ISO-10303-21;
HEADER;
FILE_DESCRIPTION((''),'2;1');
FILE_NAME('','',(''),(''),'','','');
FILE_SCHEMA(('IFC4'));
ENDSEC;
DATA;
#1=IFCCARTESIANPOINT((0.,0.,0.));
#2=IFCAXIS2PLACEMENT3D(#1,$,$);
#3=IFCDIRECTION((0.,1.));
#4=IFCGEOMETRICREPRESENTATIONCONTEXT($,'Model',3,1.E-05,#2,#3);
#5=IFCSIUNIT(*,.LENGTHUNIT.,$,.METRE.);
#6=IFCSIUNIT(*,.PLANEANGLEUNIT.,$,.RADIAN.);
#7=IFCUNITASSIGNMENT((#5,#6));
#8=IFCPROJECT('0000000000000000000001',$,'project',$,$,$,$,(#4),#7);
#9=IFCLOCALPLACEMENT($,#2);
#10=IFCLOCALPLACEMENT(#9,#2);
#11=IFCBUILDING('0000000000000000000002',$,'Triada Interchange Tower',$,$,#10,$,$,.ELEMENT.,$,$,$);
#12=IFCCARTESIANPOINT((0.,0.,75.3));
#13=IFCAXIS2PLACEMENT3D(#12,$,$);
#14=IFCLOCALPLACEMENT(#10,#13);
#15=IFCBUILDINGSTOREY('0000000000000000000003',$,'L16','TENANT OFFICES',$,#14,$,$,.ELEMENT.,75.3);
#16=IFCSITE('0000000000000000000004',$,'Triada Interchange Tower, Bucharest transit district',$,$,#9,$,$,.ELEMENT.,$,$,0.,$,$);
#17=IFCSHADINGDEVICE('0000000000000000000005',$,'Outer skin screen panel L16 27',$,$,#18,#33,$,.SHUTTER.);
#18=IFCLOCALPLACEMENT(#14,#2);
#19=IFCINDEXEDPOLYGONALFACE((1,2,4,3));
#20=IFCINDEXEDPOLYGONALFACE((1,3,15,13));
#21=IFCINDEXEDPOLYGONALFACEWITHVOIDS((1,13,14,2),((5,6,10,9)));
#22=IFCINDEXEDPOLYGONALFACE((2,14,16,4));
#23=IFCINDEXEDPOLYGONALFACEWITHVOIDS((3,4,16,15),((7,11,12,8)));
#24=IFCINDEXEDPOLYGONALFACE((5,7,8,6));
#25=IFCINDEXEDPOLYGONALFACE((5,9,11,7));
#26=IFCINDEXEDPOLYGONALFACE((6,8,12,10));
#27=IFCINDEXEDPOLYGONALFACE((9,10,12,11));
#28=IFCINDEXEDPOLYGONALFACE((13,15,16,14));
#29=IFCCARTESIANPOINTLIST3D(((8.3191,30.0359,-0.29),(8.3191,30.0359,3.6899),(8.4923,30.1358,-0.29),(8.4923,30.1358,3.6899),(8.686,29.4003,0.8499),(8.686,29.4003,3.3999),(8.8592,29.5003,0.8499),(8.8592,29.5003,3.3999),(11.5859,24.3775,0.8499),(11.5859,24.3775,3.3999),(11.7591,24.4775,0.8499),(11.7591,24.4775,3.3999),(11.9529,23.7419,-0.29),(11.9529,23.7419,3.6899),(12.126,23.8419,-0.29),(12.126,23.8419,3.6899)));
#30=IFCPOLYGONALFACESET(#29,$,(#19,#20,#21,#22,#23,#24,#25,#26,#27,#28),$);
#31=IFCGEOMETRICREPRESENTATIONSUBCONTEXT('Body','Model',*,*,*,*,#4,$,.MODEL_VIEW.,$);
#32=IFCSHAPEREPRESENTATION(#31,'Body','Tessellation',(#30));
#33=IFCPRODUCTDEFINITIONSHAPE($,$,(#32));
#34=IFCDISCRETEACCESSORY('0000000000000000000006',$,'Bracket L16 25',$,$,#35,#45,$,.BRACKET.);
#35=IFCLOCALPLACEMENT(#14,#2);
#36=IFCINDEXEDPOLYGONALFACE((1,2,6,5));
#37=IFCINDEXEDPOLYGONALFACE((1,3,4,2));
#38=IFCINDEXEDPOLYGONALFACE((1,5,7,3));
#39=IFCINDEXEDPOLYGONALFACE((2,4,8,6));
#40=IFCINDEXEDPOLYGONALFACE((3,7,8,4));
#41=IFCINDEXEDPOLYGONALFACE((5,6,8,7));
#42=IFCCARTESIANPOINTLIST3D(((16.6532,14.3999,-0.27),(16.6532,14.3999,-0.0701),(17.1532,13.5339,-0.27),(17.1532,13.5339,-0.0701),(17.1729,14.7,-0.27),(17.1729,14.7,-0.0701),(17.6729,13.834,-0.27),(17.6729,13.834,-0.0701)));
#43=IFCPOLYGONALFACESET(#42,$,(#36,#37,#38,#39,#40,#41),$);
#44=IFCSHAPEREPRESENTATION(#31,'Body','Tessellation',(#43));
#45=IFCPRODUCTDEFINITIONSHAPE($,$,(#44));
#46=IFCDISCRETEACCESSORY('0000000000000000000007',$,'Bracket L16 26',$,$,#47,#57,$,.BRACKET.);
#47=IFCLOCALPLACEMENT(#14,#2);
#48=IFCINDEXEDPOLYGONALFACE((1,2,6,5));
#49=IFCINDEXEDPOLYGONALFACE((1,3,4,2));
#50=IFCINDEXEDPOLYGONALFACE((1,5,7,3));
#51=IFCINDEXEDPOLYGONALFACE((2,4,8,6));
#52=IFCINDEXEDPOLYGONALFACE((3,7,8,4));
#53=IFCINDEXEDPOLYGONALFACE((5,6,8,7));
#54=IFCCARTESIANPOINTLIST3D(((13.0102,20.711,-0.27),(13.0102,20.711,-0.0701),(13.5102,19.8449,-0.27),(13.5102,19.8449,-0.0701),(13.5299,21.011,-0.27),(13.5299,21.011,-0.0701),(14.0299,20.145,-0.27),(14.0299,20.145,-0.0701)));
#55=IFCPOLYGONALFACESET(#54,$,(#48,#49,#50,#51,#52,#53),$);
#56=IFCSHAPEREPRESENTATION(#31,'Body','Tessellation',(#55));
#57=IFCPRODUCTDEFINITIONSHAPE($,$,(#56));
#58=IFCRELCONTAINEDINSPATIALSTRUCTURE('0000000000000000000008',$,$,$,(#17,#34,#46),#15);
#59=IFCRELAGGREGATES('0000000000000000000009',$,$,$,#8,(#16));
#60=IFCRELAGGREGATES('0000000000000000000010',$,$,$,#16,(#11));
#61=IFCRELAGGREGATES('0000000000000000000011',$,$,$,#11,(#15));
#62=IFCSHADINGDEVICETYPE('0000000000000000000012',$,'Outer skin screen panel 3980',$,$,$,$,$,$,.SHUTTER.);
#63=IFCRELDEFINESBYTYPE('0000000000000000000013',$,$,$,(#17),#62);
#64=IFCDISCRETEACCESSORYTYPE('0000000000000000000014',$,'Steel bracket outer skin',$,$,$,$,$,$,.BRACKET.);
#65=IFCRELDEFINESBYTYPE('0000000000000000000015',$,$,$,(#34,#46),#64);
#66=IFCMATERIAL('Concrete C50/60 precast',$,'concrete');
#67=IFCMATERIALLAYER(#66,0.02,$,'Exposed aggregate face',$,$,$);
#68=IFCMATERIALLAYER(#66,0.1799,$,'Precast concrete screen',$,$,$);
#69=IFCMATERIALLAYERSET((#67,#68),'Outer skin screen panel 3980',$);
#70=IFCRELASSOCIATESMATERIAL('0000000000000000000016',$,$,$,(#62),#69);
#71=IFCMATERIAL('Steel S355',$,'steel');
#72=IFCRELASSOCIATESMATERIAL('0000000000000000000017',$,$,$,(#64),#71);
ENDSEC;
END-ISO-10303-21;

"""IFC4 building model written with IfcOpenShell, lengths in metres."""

from ifc_helpers import new_model, si_unit, direction, frame, origin, origin_2d, place, context, subcontext, project, spatial, polyline, rectangle, outline, extrude, material, layer, layer_set, type_object, element, save


model = new_model("IFC4")

# Units and contexts
model_context = context("Model", 3, precision=1e-05, world=origin(), true_north=direction((0.0, 1.0)))
body_context = subcontext(model_context, "Body", "Model", "MODEL_VIEW")
ifc_project = project(units=[si_unit("LENGTHUNIT", "METRE"), si_unit("PLANEANGLEUNIT", "RADIAN")], contexts=[model_context])

# Site, building, storey
site_placement = place(None, origin())
site = spatial("IfcSite", under=ifc_project, at=site_placement, Name="Triada Interchange Tower, Bucharest transit district", CompositionType="ELEMENT", RefElevation=0.0)
building_placement = place(site_placement, origin())
building = spatial("IfcBuilding", under=site, at=building_placement, Name="Triada Interchange Tower", CompositionType="ELEMENT")
storey_placement = place(building_placement, frame((0.0, 0.0, 75.3)))
storey = spatial("IfcBuildingStorey", under=building, at=storey_placement, Name="L16", Description="TENANT OFFICES", CompositionType="ELEMENT", Elevation=75.3)

# Shading device
ifc_material_1 = material(Name="Concrete C50/60 precast", Category="concrete")
ifc_layer_1 = layer(ifc_material_1, 0.02, Name="Exposed aggregate face")
ifc_layer_2 = layer(ifc_material_1, 0.1799, Name="Precast concrete screen")
ifc_layer_set_1 = layer_set([ifc_layer_1, ifc_layer_2], Name="Outer skin screen panel 3980")
shading_device_type = type_object("IfcShadingDeviceType", Name="Outer skin screen panel 3980", PredefinedType="SHUTTER", material=ifc_layer_set_1)
shading_device_1_placement = place(storey_placement, frame((11.9529, 23.7419, -0.29), z_axis=(0.0, 0.0, 1.0), x_axis=(-0.499998, 0.866027, 0.0)))
element("IfcShadingDevice", 1, at=shading_device_1_placement, inside=storey, type_object=shading_device_type, Name="Outer skin screen panel L16 27", PredefinedType="SHUTTER", context=body_context, shape_type="SweptSolid", body=[
    extrude(outline(polyline([(0.0, 0.0), (7.2676, 0.0), (7.2676, 3.98), (0.0, 3.98), (0.0, 0.0)]), holes=[polyline([(0.7339, 1.1399), (0.7339, 3.6899), (6.5337, 3.6899), (6.5337, 1.1399), (0.7339, 1.1399)])]), frame((0.0, 0.0, 0.0), z_axis=(0.0, -1.0, 0.0), x_axis=(1.0, 0.0, 0.0)), (0.0, 0.0, 1.0), 0.2),
])

# Discrete accessories
ifc_material_2 = material(Name="Steel S355", Category="steel")
discrete_accessory_type = type_object("IfcDiscreteAccessoryType", Name="Steel bracket outer skin", PredefinedType="BRACKET", material=ifc_material_2)
for number, where, z_axis, x_axis, name in (
    (2, (17.1631, 14.1169, -0.27), (0.0, 0.0, 1.0), (0.866027, 0.499997, 0.0), "Bracket L16 25"),
    (3, (13.52, 20.428, -0.27), (0.0, 0.0, 1.0), (0.866027, 0.499997, 0.0), "Bracket L16 26"),
):
    element("IfcDiscreteAccessory", number, at=place(storey_placement, frame(where, z_axis=z_axis, x_axis=x_axis)), inside=storey, type_object=discrete_accessory_type, Name=name, PredefinedType="BRACKET", context=body_context, shape_type="SweptSolid", body=[
        extrude(rectangle(XDim=0.6001, YDim=1.0, at=origin_2d()), origin(), (0.0, 0.0, 1.0), 0.2),
    ])

save(model, "model.ifc")
